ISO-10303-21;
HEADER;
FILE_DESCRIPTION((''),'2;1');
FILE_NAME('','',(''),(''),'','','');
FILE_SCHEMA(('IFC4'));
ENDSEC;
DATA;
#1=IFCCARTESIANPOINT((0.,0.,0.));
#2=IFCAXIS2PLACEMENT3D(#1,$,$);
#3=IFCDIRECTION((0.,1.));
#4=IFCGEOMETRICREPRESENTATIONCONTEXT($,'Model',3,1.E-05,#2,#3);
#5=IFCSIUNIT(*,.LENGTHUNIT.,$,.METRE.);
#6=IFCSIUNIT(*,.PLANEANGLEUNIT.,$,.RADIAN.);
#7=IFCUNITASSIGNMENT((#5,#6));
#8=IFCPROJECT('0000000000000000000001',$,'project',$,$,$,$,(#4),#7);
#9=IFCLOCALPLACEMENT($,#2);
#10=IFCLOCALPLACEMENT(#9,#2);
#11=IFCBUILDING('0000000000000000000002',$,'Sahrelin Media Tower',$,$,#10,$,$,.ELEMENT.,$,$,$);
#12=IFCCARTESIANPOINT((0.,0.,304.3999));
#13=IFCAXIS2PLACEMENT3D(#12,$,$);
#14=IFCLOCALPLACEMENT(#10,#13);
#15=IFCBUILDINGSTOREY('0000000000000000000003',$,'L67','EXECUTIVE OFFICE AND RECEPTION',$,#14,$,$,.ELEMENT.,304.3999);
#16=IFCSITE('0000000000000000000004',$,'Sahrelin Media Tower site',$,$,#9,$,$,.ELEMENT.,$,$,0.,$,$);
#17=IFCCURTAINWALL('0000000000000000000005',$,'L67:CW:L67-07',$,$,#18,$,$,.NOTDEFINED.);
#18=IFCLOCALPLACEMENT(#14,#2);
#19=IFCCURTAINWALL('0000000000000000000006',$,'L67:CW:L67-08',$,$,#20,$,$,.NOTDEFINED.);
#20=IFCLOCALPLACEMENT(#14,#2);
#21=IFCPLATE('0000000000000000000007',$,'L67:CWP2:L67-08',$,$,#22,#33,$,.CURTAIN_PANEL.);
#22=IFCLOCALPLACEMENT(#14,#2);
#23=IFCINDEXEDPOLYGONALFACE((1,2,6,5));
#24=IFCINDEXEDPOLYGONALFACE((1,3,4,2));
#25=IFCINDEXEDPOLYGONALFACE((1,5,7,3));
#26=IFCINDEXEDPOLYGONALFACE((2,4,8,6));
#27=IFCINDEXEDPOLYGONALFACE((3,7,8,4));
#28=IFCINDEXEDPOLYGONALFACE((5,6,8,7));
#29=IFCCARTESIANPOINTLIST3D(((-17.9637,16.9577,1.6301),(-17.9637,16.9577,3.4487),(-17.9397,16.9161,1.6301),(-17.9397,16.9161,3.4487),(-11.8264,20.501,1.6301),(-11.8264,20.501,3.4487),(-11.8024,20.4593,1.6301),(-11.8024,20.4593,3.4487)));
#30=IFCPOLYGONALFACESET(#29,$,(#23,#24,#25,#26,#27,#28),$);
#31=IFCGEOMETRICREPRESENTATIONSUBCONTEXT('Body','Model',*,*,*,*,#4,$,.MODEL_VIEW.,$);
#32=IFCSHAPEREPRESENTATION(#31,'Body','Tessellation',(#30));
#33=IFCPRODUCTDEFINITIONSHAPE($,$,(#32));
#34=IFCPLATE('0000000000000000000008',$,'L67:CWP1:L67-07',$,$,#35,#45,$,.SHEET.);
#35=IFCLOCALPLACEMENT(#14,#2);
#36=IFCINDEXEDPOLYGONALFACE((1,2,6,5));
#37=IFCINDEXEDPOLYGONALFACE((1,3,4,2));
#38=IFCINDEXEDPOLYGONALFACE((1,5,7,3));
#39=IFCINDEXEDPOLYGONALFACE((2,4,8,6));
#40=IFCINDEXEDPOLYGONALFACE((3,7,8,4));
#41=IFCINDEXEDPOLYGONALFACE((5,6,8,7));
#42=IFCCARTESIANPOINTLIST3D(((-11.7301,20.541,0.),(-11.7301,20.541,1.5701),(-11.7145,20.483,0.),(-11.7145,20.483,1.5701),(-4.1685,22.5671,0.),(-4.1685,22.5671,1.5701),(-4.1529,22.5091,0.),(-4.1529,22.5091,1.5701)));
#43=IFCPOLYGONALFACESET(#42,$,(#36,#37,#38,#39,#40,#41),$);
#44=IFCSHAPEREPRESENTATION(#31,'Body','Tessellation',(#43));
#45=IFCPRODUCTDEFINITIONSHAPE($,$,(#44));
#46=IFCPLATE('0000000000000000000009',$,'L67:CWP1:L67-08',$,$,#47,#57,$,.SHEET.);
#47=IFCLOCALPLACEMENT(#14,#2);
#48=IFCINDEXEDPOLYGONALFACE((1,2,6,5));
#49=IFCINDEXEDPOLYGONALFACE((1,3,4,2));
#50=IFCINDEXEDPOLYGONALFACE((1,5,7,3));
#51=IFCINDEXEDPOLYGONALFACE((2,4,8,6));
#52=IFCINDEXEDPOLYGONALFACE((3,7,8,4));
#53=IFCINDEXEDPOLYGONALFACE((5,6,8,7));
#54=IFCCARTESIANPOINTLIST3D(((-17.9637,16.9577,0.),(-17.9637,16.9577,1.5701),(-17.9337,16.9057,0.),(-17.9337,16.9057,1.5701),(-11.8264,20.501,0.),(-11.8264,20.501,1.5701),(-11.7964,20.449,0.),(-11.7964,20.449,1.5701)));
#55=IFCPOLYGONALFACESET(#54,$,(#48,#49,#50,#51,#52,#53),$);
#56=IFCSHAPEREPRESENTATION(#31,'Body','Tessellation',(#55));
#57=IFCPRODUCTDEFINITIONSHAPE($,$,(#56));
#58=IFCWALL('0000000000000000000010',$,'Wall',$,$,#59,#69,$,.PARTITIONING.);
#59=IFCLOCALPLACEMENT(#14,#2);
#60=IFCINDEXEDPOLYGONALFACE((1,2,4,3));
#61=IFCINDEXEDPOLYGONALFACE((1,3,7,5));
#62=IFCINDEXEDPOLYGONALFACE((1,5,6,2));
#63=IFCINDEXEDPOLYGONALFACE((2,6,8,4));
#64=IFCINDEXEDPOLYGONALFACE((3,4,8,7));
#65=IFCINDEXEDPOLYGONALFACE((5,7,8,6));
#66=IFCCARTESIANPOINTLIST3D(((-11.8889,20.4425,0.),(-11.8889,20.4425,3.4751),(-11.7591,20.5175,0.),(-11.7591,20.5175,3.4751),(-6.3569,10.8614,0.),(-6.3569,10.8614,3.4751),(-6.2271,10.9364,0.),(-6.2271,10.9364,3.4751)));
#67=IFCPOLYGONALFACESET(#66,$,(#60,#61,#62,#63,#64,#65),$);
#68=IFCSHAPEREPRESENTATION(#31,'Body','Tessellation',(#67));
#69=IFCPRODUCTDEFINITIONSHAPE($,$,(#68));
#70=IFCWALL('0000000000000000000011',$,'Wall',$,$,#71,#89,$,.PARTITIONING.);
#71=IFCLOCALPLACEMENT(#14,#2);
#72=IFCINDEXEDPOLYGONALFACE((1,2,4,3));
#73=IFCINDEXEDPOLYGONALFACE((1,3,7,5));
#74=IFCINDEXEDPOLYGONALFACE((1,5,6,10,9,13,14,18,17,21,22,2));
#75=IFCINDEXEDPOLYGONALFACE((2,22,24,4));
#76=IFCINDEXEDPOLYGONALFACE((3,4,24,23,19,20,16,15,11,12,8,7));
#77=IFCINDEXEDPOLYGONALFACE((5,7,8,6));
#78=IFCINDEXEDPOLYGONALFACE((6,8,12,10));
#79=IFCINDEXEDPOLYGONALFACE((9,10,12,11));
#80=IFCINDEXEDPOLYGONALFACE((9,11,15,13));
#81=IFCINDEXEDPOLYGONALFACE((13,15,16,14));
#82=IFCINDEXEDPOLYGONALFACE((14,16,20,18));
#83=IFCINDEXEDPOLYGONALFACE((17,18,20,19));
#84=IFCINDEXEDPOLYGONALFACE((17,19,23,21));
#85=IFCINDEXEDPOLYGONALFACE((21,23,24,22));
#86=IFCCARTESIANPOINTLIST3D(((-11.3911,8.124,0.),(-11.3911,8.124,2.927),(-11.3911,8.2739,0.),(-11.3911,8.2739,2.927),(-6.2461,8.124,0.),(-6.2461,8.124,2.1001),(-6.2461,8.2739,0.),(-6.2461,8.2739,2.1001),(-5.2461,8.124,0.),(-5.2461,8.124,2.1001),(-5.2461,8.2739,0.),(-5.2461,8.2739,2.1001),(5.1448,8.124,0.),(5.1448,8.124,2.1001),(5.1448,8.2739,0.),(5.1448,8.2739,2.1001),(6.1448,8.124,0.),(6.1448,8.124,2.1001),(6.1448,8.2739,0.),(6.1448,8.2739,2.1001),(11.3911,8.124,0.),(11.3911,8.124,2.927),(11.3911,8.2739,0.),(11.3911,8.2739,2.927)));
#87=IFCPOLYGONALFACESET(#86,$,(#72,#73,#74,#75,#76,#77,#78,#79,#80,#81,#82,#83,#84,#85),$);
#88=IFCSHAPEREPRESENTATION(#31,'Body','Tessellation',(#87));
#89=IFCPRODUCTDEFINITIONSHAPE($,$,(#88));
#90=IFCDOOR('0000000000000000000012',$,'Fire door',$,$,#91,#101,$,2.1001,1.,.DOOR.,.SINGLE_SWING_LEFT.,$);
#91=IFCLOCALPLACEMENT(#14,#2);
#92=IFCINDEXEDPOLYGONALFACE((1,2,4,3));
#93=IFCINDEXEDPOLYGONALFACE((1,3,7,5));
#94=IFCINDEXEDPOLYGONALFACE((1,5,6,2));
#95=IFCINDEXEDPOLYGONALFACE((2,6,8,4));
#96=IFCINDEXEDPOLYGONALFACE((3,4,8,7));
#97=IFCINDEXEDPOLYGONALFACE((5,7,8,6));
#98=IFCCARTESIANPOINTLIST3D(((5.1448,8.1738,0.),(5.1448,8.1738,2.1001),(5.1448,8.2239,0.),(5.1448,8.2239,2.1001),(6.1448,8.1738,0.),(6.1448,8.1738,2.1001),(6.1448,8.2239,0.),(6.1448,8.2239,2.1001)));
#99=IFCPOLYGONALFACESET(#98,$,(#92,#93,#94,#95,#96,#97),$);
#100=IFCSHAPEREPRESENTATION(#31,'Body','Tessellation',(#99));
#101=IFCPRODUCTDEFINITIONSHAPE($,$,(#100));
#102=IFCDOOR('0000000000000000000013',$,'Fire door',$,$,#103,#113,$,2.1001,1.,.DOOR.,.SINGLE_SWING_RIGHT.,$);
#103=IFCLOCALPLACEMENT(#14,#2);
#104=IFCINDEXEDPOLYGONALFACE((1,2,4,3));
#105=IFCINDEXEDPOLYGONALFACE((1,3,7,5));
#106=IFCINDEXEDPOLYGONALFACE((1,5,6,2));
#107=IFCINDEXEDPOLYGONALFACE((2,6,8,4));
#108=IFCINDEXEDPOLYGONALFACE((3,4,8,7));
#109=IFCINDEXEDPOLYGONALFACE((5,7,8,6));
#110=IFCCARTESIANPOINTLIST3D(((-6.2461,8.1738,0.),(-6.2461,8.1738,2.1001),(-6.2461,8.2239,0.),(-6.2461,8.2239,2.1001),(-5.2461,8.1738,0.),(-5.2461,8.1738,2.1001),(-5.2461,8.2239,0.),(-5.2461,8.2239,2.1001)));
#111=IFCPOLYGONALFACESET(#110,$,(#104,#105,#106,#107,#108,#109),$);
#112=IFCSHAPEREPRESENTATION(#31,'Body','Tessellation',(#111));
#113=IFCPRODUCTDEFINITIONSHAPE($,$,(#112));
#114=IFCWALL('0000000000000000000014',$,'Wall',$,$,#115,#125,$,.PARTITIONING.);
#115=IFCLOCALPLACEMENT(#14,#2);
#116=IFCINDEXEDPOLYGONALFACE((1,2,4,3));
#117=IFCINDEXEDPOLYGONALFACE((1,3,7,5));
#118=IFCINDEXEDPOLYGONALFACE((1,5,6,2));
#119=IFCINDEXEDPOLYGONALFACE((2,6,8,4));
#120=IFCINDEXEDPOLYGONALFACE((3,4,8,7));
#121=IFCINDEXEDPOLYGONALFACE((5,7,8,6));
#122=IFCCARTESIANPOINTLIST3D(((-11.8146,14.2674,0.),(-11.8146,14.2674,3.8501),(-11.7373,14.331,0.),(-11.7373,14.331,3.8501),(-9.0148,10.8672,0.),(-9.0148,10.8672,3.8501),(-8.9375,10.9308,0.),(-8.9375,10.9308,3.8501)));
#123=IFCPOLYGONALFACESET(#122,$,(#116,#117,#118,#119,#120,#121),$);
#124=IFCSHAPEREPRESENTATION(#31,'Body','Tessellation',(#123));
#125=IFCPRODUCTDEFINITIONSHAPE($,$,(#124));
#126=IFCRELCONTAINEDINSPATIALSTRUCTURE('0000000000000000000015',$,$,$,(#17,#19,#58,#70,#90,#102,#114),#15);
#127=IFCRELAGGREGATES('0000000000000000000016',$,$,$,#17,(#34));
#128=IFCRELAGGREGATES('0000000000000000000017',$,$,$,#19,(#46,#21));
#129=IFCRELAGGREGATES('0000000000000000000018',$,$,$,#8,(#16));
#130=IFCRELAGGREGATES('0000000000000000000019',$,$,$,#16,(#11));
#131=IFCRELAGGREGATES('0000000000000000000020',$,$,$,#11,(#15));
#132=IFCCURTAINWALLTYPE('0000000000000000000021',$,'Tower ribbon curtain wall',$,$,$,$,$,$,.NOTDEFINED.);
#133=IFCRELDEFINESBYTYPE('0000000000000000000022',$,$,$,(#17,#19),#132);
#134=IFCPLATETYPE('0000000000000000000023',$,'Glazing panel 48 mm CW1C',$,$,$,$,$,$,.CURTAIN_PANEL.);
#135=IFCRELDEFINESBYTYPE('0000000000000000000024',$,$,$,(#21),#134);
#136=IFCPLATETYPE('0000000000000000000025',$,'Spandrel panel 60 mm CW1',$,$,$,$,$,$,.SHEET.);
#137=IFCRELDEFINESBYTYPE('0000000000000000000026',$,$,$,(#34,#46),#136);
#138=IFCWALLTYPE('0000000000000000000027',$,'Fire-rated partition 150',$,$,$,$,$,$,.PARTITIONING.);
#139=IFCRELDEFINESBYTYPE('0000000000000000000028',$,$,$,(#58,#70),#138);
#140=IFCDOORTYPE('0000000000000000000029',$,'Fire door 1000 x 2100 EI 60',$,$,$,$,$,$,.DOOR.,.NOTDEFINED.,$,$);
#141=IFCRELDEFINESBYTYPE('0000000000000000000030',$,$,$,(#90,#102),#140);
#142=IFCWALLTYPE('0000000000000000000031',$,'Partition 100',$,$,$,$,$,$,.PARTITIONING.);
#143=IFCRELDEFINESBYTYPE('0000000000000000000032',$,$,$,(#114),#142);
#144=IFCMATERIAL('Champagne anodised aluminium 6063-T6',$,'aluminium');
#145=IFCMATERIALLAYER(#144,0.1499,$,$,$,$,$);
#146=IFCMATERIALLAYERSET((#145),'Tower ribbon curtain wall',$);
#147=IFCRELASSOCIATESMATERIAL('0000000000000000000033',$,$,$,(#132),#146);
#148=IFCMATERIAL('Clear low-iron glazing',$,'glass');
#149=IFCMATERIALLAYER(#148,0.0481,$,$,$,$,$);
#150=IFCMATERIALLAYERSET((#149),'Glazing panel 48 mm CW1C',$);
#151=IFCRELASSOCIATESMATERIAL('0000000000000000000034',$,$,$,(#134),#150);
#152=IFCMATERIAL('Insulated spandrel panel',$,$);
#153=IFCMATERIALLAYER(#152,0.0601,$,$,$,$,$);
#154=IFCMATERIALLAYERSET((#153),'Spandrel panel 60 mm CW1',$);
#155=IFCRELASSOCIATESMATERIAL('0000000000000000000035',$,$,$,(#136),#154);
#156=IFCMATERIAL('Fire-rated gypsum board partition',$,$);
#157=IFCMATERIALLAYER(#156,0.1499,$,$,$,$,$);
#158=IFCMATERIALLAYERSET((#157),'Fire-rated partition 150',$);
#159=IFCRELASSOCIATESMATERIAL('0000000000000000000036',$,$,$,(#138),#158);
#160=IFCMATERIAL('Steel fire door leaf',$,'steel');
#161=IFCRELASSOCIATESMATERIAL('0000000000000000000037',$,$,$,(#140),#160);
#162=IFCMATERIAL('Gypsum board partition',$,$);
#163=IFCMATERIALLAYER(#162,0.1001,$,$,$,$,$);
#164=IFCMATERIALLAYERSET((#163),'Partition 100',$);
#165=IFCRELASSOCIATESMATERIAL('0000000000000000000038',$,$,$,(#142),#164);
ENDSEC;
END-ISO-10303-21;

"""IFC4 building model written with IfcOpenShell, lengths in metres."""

from ifc_helpers import new_model, si_unit, direction, frame, frame_2d, origin, place, context, subcontext, project, spatial, polyline, rectangle, outline, extrude, material, layer, layer_set, type_object, element, fill, aggregate, save


model = new_model("IFC4")

# Units and contexts
model_context = context("Model", 3, precision=1e-05, world=origin(), true_north=direction((0.0, 1.0)))
body_context = subcontext(model_context, "Body", "Model", "MODEL_VIEW")
ifc_project = project(units=[si_unit("LENGTHUNIT", "METRE"), si_unit("PLANEANGLEUNIT", "RADIAN")], contexts=[model_context])

# Site, building, storey
site_placement = place(None, origin())
site = spatial("IfcSite", under=ifc_project, at=site_placement, Name="Sahrelin Media Tower site", CompositionType="ELEMENT", RefElevation=0.0)
building_placement = place(site_placement, origin())
building = spatial("IfcBuilding", under=site, at=building_placement, Name="Sahrelin Media Tower", CompositionType="ELEMENT")
storey_placement = place(building_placement, frame((0.0, 0.0, 304.3999)))
storey = spatial("IfcBuildingStorey", under=building, at=storey_placement, Name="L67", Description="EXECUTIVE OFFICE AND RECEPTION", CompositionType="ELEMENT", Elevation=304.3999)

# Curtain wall
ifc_material_1 = material(Name="Champagne anodised aluminium 6063-T6", Category="aluminium")
ifc_layer_1 = layer(ifc_material_1, 0.1499)
ifc_layer_set_1 = layer_set([ifc_layer_1], Name="Tower ribbon curtain wall")
curtain_wall_type = type_object("IfcCurtainWallType", Name="Tower ribbon curtain wall", PredefinedType="NOTDEFINED", material=ifc_layer_set_1)
curtain_wall_1_placement = place(storey_placement, frame((-7.9441, 21.5347, 0.0), z_axis=(0.0, 0.0, 1.0), x_axis=(1.0, 0.0, 0.0)))
curtain_wall_1 = element("IfcCurtainWall", 1, at=curtain_wall_1_placement, inside=storey, type_object=curtain_wall_type, Name="L67:CW:L67-07", PredefinedType="NOTDEFINED")

# Curtain wall
curtain_wall_2_placement = place(storey_placement, frame((-14.885, 18.7122, 0.0), z_axis=(0.0, 0.0, 1.0), x_axis=(1.0, 0.0, 0.0)))
curtain_wall_2 = element("IfcCurtainWall", 2, at=curtain_wall_2_placement, inside=storey, type_object=curtain_wall_type, Name="L67:CW:L67-08", PredefinedType="NOTDEFINED")

# Plates
ifc_material_2 = material(Name="Clear low-iron glazing", Category="glass")
ifc_layer_2 = layer(ifc_material_2, 0.0481)
ifc_layer_set_2 = layer_set([ifc_layer_2], Name="Glazing panel 48 mm CW1C")
plate_type_1 = type_object("IfcPlateType", Name="Glazing panel 48 mm CW1C", PredefinedType="CURTAIN_PANEL", material=ifc_layer_set_2)
plate_1_placement = place(storey_placement, frame((-11.8264, 20.501, 1.6301), z_axis=(-0.499989, 0.866032, 0.0), x_axis=(-0.866032, -0.499989, 0.0)))
plate_1 = element("IfcPlate", 3, at=plate_1_placement, type_object=plate_type_1, Name="L67:CWP2:L67-08", PredefinedType="CURTAIN_PANEL", context=body_context, shape_type="SweptSolid", body=[
    extrude(outline(polyline([(0.0, 0.0), (7.0867, 0.0), (7.0867, 1.8186), (0.0, 1.8186), (0.0, 0.0)])), origin(), (0.0, 0.0, -1.0), 0.0481),
])
ifc_material_3 = material(Name="Insulated spandrel panel")
ifc_layer_3 = layer(ifc_material_3, 0.0601)
ifc_layer_set_3 = layer_set([ifc_layer_3], Name="Spandrel panel 60 mm CW1")
plate_type_2 = type_object("IfcPlateType", Name="Spandrel panel 60 mm CW1", PredefinedType="SHEET", material=ifc_layer_set_3)
plate_2_placement = place(storey_placement, frame((-4.1685, 22.5671, 0.0), z_axis=(-0.258821, 0.965925, 0.0), x_axis=(-0.965925, -0.258821, 0.0)))
plate_2 = element("IfcPlate", 4, at=plate_2_placement, type_object=plate_type_2, Name="L67:CWP1:L67-07", PredefinedType="SHEET", context=body_context, shape_type="SweptSolid", body=[
    extrude(outline(polyline([(0.0, 0.0), (7.8284, 0.0), (7.8284, 1.5701), (0.0, 1.5701), (0.0, 0.0)])), origin(), (0.0, 0.0, -1.0), 0.0601),
])
aggregate(curtain_wall_1, [plate_2])
plate_3_placement = place(storey_placement, frame((-11.8264, 20.501, 0.0), z_axis=(-0.499989, 0.866032, 0.0), x_axis=(-0.866032, -0.499989, 0.0)))
plate_3 = element("IfcPlate", 5, at=plate_3_placement, type_object=plate_type_2, Name="L67:CWP1:L67-08", PredefinedType="SHEET", context=body_context, shape_type="SweptSolid", body=[
    extrude(outline(polyline([(0.0, 0.0), (7.0867, 0.0), (7.0867, 1.5701), (0.0, 1.5701), (0.0, 0.0)])), origin(), (0.0, 0.0, -1.0), 0.0601),
])
aggregate(curtain_wall_2, [plate_3, plate_1])

# Wall
ifc_material_4 = material(Name="Fire-rated gypsum board partition")
ifc_layer_4 = layer(ifc_material_4, 0.1499)
ifc_layer_set_4 = layer_set([ifc_layer_4], Name="Fire-rated partition 150")
wall_type_1 = type_object("IfcWallType", Name="Fire-rated partition 150", PredefinedType="PARTITIONING", material=ifc_layer_set_4)
wall_1_placement = place(storey_placement, frame((-11.824, 20.48, 0.0), z_axis=(0.0, 0.0, 1.0), x_axis=(0.500024, -0.866011, 0.0)))
element("IfcWall", 6, at=wall_1_placement, inside=storey, type_object=wall_type_1, Name="Wall", PredefinedType="PARTITIONING", context=body_context, shape_type="SweptSolid", body=[
    extrude(rectangle(XDim=11.0635, YDim=0.1499, at=frame_2d((5.5317, 0.0))), origin(), (0.0, 0.0, 1.0), 3.4751),
])

# Wall, openings, doors
wall_2_placement = place(storey_placement, frame((-11.3911, 8.199, 0.0), z_axis=(0.0, 0.0, 1.0), x_axis=(1.0, 0.0, 0.0)))
wall_2 = element("IfcWall", 7, at=wall_2_placement, inside=storey, type_object=wall_type_1, Name="Wall", PredefinedType="PARTITIONING", context=body_context, shape_type="SweptSolid", body=[
    extrude(rectangle(XDim=22.7822, YDim=0.1499, at=frame_2d((11.3911, 0.0))), origin(), (0.0, 0.0, 1.0), 2.927),
])
opening_1_placement = place(wall_2_placement, frame((16.5359, 0.0, 0.0)))
opening_1 = element("IfcOpeningElement", 8, at=opening_1_placement, cuts=wall_2, PredefinedType="OPENING", context=body_context, shape_type="SweptSolid", body=[
    extrude(rectangle(XDim=1.0, YDim=2.1001, at=frame_2d((0.5, 1.05))), frame((0.0, 0.075, 0.0), z_axis=(0.0, -1.0, 0.0), x_axis=(1.0, 0.0, 0.0)), (0.0, 0.0, 1.0), 0.1499),
])
opening_2_placement = place(wall_2_placement, frame((5.145, 0.0, 0.0)))
opening_2 = element("IfcOpeningElement", 9, at=opening_2_placement, cuts=wall_2, PredefinedType="OPENING", context=body_context, shape_type="SweptSolid", body=[
    extrude(rectangle(XDim=1.0, YDim=2.1001, at=frame_2d((0.5, 1.05))), frame((0.0, 0.075, 0.0), z_axis=(0.0, -1.0, 0.0), x_axis=(1.0, 0.0, 0.0)), (0.0, 0.0, 1.0), 0.1499),
])
ifc_material_5 = material(Name="Steel fire door leaf", Category="steel")
door_type = type_object("IfcDoorType", Name="Fire door 1000 x 2100 EI 60", OperationType="NOTDEFINED", PredefinedType="DOOR", material=ifc_material_5)
door_1_placement = place(opening_1_placement, origin())
door_1 = element("IfcDoor", 10, at=door_1_placement, inside=storey, type_object=door_type, Name="Fire door", OperationType="SINGLE_SWING_LEFT", OverallHeight=2.1001, OverallWidth=1.0, PredefinedType="DOOR", context=body_context, shape_type="SweptSolid", body=[
    extrude(rectangle(XDim=1.0, YDim=2.1001, at=frame_2d((0.5, 1.05))), frame((0.0, 0.0249, 0.0), z_axis=(0.0, -1.0, 0.0), x_axis=(1.0, 0.0, 0.0)), (0.0, 0.0, 1.0), 0.05),
])
fill(opening_1, door_1)
door_2_placement = place(opening_2_placement, origin())
door_2 = element("IfcDoor", 11, at=door_2_placement, inside=storey, type_object=door_type, Name="Fire door", OperationType="SINGLE_SWING_RIGHT", OverallHeight=2.1001, OverallWidth=1.0, PredefinedType="DOOR", context=body_context, shape_type="SweptSolid", body=[
    extrude(rectangle(XDim=1.0, YDim=2.1001, at=frame_2d((0.5, 1.05))), frame((0.0, 0.0249, 0.0), z_axis=(0.0, -1.0, 0.0), x_axis=(1.0, 0.0, 0.0)), (0.0, 0.0, 1.0), 0.05),
])
fill(opening_2, door_2)

# Wall
ifc_material_6 = material(Name="Gypsum board partition")
ifc_layer_5 = layer(ifc_material_6, 0.1001)
ifc_layer_set_5 = layer_set([ifc_layer_5], Name="Partition 100")
wall_type_2 = type_object("IfcWallType", Name="Partition 100", PredefinedType="PARTITIONING", material=ifc_layer_set_5)
wall_3_placement = place(storey_placement, frame((-11.7759, 14.2991, 0.0), z_axis=(0.0, 0.0, 1.0), x_axis=(0.635665, -0.771965, 0.0)))
element("IfcWall", 12, at=wall_3_placement, inside=storey, type_object=wall_type_2, Name="Wall", PredefinedType="PARTITIONING", context=body_context, shape_type="SweptSolid", body=[
    extrude(rectangle(XDim=4.4045, YDim=0.1001, at=frame_2d((2.2021, 0.0))), origin(), (0.0, 0.0, 1.0), 3.8501),
])

save(model, "model.ifc")
